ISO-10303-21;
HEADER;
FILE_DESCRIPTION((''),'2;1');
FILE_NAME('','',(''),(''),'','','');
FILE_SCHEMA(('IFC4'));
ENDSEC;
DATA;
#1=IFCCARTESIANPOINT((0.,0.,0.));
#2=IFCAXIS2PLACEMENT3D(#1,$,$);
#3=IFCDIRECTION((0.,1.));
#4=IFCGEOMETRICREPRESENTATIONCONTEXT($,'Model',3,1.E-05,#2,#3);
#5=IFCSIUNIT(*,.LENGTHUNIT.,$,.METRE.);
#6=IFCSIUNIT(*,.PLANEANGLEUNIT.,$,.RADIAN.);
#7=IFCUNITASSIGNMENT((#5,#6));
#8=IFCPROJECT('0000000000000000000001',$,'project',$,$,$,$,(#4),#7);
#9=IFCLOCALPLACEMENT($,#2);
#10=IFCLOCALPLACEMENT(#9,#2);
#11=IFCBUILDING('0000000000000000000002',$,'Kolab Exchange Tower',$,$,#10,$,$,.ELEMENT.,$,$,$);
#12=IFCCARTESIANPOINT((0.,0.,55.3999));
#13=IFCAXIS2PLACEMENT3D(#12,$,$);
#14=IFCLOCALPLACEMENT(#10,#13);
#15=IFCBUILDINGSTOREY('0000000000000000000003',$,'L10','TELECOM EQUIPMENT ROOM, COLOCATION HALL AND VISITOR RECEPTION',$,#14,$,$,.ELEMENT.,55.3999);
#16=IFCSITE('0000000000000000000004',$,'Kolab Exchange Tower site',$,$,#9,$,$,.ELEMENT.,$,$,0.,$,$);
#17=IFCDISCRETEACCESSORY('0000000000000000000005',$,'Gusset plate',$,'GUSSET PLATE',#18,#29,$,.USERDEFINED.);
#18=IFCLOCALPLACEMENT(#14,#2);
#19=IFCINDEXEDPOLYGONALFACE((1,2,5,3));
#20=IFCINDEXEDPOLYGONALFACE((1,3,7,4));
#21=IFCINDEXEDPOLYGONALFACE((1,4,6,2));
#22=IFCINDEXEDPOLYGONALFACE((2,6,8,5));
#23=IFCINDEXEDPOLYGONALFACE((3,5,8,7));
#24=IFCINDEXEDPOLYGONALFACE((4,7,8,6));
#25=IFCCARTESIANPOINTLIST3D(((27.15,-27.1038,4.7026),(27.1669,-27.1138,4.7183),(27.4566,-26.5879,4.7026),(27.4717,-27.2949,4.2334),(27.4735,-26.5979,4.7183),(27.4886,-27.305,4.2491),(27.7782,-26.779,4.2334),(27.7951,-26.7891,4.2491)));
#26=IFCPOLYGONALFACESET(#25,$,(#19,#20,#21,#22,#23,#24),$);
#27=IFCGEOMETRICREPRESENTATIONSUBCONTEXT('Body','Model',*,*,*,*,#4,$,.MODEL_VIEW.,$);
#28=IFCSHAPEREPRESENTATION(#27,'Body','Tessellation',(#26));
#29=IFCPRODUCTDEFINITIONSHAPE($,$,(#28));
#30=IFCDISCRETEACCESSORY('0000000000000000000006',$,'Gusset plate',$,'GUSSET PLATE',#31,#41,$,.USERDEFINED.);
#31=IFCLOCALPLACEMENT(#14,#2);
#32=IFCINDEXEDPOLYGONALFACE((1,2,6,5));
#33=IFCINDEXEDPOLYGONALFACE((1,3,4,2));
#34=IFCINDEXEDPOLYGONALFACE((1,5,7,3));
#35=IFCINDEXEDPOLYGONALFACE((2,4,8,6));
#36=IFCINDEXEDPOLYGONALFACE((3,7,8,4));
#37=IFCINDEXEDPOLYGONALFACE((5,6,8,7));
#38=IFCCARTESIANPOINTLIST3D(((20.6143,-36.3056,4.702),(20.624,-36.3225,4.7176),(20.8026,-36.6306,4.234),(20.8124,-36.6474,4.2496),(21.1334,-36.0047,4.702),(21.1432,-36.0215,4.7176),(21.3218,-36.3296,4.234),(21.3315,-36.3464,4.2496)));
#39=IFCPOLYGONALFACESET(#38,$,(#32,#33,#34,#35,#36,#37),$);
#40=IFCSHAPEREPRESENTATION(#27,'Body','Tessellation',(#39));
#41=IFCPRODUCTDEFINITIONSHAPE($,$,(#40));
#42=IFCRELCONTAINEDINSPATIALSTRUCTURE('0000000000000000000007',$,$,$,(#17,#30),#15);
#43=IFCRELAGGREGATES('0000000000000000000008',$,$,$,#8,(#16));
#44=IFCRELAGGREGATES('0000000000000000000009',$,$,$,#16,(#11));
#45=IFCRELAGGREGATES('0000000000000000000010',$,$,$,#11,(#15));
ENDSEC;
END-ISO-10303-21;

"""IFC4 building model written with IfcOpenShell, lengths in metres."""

from ifc_helpers import new_model, si_unit, direction, frame, origin, origin_2d, place, context, subcontext, project, spatial, rectangle, extrude, element, save


model = new_model("IFC4")

# Units and contexts
model_context = context("Model", 3, precision=1e-05, world=origin(), true_north=direction((0.0, 1.0)))
body_context = subcontext(model_context, "Body", "Model", "MODEL_VIEW")
ifc_project = project(units=[si_unit("LENGTHUNIT", "METRE"), si_unit("PLANEANGLEUNIT", "RADIAN")], contexts=[model_context])

# Site, building, storey
site_placement = place(None, origin())
site = spatial("IfcSite", under=ifc_project, at=site_placement, Name="Kolab Exchange Tower site", CompositionType="ELEMENT", RefElevation=0.0)
building_placement = place(site_placement, origin())
building = spatial("IfcBuilding", under=site, at=building_placement, Name="Kolab Exchange Tower", CompositionType="ELEMENT")
storey_placement = place(building_placement, frame((0.0, 0.0, 55.3999)))
storey = spatial("IfcBuildingStorey", under=building, at=storey_placement, Name="L10", Description="TELECOM EQUIPMENT ROOM, COLOCATION HALL AND VISITOR RECEPTION", CompositionType="ELEMENT", Elevation=55.3999)

# Discrete accessories
discrete_accessory_1_placement = place(storey_placement, frame((27.4641, -26.9414, 4.468), z_axis=(0.672156, -0.399397, 0.623449), x_axis=(0.510827, 0.859684, 0.0)))
element("IfcDiscreteAccessory", 1, at=discrete_accessory_1_placement, inside=storey, Name="Gusset plate", ObjectType="GUSSET PLATE", PredefinedType="USERDEFINED", context=body_context, shape_type="SweptSolid", body=[
    extrude(rectangle(XDim=0.6001, YDim=0.6001, at=origin_2d()), origin(), (0.0, 0.0, 1.0), 0.0251),
])
discrete_accessory_2_placement = place(storey_placement, frame((20.968, -36.3176, 4.468), z_axis=(0.391162, -0.674754, 0.625859), x_axis=(0.86514, 0.50153, 0.0)))
element("IfcDiscreteAccessory", 2, at=discrete_accessory_2_placement, inside=storey, Name="Gusset plate", ObjectType="GUSSET PLATE", PredefinedType="USERDEFINED", context=body_context, shape_type="SweptSolid", body=[
    extrude(rectangle(XDim=0.6001, YDim=0.6001, at=origin_2d()), origin(), (0.0, 0.0, 1.0), 0.0249),
])

save(model, "model.ifc")
